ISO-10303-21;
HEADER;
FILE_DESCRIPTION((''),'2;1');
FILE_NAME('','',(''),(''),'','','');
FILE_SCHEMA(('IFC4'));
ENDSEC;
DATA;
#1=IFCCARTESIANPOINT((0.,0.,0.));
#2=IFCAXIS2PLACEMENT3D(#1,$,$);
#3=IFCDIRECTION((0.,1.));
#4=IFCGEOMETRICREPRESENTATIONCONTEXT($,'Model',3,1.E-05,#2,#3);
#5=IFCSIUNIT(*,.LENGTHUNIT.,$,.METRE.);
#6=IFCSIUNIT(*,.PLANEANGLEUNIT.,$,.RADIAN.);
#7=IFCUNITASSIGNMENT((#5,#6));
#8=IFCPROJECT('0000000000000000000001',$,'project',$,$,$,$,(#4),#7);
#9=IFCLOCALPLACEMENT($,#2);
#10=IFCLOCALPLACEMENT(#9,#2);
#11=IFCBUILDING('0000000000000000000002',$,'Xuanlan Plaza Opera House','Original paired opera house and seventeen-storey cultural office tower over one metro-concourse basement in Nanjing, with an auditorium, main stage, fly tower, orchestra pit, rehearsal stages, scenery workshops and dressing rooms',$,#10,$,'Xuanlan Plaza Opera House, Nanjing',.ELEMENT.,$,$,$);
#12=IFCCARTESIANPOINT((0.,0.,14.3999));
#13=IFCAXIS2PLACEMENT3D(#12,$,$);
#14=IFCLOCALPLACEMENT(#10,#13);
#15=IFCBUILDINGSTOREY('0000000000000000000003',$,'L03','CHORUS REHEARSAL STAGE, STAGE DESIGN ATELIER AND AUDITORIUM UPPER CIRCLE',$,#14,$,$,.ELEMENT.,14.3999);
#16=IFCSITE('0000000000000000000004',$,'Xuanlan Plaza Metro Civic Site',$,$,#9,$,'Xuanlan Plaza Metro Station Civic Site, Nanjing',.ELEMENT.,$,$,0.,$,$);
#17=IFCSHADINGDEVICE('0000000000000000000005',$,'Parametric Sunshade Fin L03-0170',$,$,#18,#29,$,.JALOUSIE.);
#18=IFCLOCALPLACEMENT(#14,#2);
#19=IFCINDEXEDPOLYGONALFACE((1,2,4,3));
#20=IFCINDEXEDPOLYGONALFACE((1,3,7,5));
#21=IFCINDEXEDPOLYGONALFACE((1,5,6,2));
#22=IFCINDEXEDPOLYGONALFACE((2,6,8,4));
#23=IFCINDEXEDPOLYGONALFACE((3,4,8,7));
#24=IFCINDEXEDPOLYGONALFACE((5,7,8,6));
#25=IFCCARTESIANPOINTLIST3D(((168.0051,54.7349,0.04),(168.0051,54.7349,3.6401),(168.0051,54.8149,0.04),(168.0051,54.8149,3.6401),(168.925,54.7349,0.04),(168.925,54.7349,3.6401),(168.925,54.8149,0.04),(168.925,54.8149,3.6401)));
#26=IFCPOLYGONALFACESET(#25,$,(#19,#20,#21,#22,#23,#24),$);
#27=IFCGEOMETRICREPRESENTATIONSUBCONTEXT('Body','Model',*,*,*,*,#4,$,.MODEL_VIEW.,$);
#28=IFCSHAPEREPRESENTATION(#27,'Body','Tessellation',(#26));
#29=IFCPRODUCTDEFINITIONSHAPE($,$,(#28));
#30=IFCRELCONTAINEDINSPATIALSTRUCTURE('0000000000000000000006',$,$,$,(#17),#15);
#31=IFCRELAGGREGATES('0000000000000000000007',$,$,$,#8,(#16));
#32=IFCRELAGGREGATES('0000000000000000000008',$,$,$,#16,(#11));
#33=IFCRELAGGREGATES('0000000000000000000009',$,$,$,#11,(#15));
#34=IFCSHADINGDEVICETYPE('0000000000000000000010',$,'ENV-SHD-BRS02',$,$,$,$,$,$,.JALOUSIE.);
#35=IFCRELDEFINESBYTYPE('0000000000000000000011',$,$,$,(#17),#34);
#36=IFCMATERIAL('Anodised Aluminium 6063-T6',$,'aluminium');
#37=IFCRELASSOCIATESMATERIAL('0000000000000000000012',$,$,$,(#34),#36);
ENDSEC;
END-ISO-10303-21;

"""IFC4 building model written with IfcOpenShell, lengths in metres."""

from ifc_helpers import new_model, si_unit, direction, frame, origin, origin_2d, place, context, subcontext, project, spatial, rectangle, extrude, material, type_object, element, save


model = new_model("IFC4")

# Units and contexts
model_context = context("Model", 3, precision=1e-05, world=origin(), true_north=direction((0.0, 1.0)))
body_context = subcontext(model_context, "Body", "Model", "MODEL_VIEW")
ifc_project = project(units=[si_unit("LENGTHUNIT", "METRE"), si_unit("PLANEANGLEUNIT", "RADIAN")], contexts=[model_context])

# Site, building, storey
site_placement = place(None, origin())
site = spatial("IfcSite", under=ifc_project, at=site_placement, Name="Xuanlan Plaza Metro Civic Site", LongName="Xuanlan Plaza Metro Station Civic Site, Nanjing", CompositionType="ELEMENT", RefElevation=0.0)
building_placement = place(site_placement, origin())
building = spatial("IfcBuilding", under=site, at=building_placement, Name="Xuanlan Plaza Opera House", Description="Original paired opera house and seventeen-storey cultural office tower over one metro-concourse basement in Nanjing, with an auditorium, main stage, fly tower, orchestra pit, rehearsal stages, scenery workshops and dressing rooms", LongName="Xuanlan Plaza Opera House, Nanjing", CompositionType="ELEMENT")
storey_placement = place(building_placement, frame((0.0, 0.0, 14.3999)))
storey = spatial("IfcBuildingStorey", under=building, at=storey_placement, Name="L03", Description="CHORUS REHEARSAL STAGE, STAGE DESIGN ATELIER AND AUDITORIUM UPPER CIRCLE", CompositionType="ELEMENT", Elevation=14.3999)

# Shared definitions
ifc_material_1 = material(Name="Anodised Aluminium 6063-T6", Category="aluminium")

# Shading device
shading_device_type_1 = type_object("IfcShadingDeviceType", Name="ENV-SHD-BRS02", PredefinedType="JALOUSIE", material=ifc_material_1)
shading_device_1_placement = place(storey_placement, frame((168.4651, 54.7749, 0.04), z_axis=(0.0, 0.0, 1.0), x_axis=(1.0, 0.0, 0.0)))
element("IfcShadingDevice", 1, at=shading_device_1_placement, inside=storey, type_object=shading_device_type_1, Name="Parametric Sunshade Fin L03-0170", PredefinedType="JALOUSIE", context=body_context, shape_type="SweptSolid", body=[
    extrude(rectangle(XDim=0.9199, YDim=0.0801, at=origin_2d()), origin(), (0.0, 0.0, 1.0), 3.6001),
])

save(model, "model.ifc")
